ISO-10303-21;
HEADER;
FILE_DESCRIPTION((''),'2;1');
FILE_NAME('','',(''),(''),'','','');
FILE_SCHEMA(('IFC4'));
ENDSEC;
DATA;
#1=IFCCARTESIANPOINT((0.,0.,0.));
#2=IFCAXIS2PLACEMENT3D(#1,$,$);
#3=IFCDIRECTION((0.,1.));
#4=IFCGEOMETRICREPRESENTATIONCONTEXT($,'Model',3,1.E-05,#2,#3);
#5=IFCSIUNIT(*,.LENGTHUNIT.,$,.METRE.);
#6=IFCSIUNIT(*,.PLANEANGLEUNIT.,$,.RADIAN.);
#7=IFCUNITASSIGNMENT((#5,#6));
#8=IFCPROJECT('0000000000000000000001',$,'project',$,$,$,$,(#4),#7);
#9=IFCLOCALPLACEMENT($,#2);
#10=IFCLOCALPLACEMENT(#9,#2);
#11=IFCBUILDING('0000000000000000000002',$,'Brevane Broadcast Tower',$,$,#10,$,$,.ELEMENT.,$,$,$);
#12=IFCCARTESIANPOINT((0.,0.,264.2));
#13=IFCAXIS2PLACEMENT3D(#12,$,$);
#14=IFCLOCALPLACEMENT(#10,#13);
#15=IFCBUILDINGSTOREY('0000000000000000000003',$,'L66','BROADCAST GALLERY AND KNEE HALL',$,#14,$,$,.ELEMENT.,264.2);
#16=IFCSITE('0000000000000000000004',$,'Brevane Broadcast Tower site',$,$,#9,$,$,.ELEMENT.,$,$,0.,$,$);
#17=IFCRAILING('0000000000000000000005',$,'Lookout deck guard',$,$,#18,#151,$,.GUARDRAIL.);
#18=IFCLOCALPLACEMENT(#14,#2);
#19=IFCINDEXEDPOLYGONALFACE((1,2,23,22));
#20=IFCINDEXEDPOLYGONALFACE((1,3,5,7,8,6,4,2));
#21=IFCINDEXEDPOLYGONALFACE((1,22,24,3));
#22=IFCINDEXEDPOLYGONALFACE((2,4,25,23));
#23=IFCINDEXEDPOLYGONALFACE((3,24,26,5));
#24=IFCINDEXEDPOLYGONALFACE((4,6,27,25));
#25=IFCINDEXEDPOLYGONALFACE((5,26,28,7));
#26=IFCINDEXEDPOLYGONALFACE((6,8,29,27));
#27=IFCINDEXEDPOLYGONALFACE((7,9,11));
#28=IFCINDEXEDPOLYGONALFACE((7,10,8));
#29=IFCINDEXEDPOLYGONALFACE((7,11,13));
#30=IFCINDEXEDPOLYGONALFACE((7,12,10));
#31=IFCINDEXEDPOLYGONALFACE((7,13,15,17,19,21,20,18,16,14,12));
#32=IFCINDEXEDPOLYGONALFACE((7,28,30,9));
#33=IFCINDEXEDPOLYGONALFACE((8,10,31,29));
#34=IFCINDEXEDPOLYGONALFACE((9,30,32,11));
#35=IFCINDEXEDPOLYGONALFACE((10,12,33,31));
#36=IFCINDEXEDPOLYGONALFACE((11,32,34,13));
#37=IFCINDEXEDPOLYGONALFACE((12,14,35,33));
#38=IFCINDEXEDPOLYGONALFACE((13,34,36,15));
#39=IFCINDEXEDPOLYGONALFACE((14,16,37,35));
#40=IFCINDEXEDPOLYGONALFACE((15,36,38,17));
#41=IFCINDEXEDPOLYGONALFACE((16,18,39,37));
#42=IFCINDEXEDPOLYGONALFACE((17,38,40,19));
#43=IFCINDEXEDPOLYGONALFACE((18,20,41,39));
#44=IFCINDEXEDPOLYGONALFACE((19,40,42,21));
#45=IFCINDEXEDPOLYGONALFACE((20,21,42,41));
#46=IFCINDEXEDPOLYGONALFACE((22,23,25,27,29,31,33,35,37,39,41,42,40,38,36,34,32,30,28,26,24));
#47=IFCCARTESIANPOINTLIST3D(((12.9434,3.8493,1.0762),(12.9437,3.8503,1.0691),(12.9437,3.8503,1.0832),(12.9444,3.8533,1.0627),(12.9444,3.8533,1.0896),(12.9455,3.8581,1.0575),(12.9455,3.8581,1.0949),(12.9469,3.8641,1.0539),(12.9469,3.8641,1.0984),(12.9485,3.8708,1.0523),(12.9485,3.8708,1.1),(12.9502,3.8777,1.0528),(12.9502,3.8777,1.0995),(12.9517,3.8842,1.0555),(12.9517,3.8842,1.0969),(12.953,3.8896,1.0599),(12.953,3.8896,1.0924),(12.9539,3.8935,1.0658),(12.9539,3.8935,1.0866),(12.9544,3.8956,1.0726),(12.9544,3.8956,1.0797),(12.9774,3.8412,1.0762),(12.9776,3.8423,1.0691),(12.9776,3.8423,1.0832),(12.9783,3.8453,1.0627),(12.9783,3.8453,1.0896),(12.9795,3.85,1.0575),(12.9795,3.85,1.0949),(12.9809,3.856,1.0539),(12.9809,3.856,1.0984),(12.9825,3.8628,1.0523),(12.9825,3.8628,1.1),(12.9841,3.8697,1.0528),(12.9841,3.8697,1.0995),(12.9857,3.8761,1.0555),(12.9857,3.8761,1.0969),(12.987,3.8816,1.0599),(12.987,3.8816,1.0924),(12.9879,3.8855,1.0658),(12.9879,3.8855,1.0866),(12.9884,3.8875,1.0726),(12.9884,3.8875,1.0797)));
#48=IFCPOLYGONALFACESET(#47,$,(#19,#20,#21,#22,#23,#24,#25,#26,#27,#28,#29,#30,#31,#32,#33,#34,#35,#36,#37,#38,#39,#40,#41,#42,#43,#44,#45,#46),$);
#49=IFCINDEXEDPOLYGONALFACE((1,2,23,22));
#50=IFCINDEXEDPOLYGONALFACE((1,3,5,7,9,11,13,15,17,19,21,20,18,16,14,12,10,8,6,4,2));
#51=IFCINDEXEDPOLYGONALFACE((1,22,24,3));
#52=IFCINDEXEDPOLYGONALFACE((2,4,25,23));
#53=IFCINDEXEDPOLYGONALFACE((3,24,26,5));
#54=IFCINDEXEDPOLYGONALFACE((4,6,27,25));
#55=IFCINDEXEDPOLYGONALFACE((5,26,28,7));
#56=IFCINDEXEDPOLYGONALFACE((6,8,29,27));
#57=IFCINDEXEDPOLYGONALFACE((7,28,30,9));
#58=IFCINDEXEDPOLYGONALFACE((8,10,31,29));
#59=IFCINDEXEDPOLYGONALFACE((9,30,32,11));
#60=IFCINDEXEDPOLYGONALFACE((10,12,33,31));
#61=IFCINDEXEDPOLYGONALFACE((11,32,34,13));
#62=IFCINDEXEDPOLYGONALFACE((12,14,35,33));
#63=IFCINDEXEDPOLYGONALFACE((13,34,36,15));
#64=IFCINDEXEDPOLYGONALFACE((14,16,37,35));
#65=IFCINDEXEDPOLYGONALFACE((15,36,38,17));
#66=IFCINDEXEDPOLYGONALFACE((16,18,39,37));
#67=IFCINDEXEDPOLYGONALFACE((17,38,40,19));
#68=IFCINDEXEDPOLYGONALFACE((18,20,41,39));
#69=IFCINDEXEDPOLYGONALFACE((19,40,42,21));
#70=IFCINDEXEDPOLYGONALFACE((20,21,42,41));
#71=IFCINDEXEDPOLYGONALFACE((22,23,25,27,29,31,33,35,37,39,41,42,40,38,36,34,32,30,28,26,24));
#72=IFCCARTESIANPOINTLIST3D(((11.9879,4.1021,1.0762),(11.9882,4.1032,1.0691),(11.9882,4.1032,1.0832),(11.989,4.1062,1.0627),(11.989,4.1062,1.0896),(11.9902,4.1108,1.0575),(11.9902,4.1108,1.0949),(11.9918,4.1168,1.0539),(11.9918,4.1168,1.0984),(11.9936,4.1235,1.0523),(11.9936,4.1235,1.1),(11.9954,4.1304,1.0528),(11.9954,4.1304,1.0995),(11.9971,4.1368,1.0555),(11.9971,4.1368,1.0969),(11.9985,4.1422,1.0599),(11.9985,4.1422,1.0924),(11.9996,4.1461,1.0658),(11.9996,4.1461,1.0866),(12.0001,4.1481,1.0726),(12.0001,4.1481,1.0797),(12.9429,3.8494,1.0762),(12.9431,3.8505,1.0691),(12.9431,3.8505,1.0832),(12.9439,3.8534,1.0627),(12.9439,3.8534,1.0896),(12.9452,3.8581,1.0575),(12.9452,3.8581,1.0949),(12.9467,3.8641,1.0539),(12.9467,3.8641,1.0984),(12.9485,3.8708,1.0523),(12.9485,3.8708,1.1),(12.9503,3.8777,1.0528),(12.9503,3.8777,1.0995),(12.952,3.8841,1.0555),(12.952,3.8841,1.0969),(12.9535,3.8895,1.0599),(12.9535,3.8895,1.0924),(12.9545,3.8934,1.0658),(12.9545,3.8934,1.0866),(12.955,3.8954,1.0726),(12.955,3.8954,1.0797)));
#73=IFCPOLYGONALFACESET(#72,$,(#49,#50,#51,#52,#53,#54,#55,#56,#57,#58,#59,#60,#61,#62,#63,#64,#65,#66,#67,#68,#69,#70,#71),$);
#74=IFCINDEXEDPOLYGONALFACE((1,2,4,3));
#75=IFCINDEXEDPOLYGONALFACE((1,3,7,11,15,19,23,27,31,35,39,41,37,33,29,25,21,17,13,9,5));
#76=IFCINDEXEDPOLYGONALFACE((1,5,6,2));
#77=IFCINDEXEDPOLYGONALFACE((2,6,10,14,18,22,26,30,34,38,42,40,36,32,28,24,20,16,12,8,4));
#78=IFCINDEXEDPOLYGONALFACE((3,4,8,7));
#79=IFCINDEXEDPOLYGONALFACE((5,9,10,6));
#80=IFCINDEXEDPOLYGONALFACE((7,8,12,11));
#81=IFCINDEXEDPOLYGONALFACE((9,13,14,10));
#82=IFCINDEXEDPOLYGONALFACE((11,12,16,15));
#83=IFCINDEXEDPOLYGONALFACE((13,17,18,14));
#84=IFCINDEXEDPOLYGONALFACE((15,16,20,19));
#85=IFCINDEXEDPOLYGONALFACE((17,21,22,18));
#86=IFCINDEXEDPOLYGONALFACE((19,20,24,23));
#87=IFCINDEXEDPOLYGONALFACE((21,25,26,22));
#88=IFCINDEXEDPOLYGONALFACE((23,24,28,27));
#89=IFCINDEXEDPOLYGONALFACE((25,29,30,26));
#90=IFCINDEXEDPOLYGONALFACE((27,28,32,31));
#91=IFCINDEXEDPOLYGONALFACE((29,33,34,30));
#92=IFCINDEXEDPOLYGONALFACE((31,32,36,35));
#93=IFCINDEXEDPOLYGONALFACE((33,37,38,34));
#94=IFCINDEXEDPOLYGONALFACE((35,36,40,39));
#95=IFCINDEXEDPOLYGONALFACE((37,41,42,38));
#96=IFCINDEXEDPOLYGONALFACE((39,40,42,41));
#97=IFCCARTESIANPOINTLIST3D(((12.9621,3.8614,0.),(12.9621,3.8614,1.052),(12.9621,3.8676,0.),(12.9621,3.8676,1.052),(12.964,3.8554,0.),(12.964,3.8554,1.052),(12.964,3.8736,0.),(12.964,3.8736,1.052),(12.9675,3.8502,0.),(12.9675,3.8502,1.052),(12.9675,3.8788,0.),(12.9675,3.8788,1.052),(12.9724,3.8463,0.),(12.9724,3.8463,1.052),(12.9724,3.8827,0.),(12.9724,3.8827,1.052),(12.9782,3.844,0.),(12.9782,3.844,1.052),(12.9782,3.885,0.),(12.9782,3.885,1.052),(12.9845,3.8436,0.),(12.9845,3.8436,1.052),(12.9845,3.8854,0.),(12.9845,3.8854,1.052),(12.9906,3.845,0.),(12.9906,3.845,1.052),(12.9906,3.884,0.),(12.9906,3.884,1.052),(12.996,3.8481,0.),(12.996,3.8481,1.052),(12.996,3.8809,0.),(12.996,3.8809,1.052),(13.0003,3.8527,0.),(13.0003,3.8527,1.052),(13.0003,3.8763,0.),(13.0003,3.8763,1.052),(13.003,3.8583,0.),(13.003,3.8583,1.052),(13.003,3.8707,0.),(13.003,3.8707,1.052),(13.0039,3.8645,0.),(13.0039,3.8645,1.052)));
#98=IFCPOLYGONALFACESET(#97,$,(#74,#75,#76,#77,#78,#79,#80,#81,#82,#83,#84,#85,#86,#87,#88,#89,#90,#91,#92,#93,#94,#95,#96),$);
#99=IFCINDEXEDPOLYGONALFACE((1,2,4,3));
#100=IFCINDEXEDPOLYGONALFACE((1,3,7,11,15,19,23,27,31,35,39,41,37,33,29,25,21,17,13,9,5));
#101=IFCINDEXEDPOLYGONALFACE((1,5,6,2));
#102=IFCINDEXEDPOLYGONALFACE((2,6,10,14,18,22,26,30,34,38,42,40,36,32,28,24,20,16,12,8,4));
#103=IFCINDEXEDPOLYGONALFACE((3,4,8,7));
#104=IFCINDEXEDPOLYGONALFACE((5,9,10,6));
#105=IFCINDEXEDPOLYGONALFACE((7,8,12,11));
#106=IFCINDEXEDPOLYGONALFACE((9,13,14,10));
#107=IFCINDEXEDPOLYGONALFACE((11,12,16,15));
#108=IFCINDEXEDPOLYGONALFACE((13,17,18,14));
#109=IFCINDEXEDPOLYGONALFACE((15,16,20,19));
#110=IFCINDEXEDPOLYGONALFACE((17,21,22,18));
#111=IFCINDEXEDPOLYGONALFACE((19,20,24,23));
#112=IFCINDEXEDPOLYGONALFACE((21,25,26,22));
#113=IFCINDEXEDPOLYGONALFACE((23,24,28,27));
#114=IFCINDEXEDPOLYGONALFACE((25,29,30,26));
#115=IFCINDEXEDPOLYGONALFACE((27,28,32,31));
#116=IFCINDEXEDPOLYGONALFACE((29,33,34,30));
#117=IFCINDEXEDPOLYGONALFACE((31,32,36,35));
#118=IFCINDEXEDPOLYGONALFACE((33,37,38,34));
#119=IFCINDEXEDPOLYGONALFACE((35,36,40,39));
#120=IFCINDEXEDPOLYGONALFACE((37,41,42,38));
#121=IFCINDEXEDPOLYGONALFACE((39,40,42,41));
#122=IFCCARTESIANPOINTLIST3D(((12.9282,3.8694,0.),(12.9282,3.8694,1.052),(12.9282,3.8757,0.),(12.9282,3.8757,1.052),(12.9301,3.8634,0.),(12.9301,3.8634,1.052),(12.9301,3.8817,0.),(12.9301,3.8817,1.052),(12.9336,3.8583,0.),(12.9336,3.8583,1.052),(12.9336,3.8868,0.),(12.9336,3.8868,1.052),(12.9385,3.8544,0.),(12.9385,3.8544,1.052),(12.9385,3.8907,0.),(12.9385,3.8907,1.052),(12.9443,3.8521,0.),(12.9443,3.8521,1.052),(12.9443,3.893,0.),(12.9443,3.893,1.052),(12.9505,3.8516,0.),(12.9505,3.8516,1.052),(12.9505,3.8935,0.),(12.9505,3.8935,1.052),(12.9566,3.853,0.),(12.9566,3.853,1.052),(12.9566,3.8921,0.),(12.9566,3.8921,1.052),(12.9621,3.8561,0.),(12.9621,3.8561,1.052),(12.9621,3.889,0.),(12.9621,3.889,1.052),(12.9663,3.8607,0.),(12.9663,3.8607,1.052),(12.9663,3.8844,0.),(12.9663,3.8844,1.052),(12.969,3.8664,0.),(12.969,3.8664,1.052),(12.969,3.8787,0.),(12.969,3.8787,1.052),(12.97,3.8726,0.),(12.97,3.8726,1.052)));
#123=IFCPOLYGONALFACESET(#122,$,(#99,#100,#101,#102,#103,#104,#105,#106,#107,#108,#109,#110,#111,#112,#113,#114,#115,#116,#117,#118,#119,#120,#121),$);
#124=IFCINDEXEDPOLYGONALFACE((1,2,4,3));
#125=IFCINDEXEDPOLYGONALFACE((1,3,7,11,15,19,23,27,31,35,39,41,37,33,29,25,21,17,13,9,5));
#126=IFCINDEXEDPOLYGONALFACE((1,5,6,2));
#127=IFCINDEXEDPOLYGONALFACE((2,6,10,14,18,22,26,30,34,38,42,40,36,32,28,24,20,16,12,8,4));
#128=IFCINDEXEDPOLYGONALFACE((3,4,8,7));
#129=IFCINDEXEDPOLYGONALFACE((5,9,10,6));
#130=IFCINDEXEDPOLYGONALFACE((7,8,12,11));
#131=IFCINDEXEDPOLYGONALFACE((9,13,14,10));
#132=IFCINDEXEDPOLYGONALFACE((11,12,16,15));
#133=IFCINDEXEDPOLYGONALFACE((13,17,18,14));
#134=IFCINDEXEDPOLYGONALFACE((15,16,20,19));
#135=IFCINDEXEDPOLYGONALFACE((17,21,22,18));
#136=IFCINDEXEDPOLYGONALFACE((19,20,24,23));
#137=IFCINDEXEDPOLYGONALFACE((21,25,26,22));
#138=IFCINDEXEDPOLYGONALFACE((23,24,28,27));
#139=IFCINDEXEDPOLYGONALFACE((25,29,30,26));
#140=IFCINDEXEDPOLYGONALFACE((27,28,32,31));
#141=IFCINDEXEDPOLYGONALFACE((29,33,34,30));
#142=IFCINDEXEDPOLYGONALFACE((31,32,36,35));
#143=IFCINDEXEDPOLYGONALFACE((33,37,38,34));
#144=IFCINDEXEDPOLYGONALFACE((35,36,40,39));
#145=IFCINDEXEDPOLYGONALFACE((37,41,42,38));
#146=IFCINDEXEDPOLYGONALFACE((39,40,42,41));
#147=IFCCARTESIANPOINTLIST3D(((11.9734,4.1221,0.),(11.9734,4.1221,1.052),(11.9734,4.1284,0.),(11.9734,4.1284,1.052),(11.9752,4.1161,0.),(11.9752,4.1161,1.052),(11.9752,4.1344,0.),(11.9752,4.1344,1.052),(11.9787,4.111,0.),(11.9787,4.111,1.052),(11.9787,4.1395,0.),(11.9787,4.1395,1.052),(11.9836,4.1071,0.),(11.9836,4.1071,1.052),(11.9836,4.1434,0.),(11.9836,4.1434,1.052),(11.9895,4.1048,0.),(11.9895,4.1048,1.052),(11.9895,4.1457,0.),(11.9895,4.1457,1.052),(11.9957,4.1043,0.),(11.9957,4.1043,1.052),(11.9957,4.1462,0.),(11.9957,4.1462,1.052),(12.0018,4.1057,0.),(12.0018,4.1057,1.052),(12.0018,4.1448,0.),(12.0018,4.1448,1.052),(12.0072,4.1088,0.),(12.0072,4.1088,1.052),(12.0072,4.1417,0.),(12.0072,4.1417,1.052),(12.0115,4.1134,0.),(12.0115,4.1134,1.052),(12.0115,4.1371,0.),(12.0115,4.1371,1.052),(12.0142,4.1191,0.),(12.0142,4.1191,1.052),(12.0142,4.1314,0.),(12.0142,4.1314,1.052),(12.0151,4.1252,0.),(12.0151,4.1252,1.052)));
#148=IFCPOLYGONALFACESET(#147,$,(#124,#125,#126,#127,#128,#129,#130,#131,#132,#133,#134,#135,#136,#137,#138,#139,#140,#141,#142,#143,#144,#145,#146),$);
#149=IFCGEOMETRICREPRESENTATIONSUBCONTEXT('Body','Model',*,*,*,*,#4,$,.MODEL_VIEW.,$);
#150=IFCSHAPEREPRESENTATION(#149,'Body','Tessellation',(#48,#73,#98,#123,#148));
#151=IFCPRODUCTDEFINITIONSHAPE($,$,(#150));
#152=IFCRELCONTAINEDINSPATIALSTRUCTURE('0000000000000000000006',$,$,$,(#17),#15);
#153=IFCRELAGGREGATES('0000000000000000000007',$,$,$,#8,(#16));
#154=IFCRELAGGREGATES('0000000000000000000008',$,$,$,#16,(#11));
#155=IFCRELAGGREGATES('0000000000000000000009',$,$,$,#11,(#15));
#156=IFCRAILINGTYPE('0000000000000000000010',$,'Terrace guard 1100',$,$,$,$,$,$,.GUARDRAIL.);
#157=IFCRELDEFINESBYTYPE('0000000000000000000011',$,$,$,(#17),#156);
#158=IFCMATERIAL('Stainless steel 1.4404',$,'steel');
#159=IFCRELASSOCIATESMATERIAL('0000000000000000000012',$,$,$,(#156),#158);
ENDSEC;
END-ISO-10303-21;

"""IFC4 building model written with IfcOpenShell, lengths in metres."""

from ifc_helpers import new_model, si_unit, direction, frame, origin, origin_2d, place, context, subcontext, project, spatial, circle, extrude, material, type_object, element, save


model = new_model("IFC4")

# Units and contexts
model_context = context("Model", 3, precision=1e-05, world=origin(), true_north=direction((0.0, 1.0)))
body_context = subcontext(model_context, "Body", "Model", "MODEL_VIEW")
ifc_project = project(units=[si_unit("LENGTHUNIT", "METRE"), si_unit("PLANEANGLEUNIT", "RADIAN")], contexts=[model_context])

# Site, building, storey
site_placement = place(None, origin())
site = spatial("IfcSite", under=ifc_project, at=site_placement, Name="Brevane Broadcast Tower site", CompositionType="ELEMENT", RefElevation=0.0)
building_placement = place(site_placement, origin())
building = spatial("IfcBuilding", under=site, at=building_placement, Name="Brevane Broadcast Tower", CompositionType="ELEMENT")
storey_placement = place(building_placement, frame((0.0, 0.0, 264.2)))
storey = spatial("IfcBuildingStorey", under=building, at=storey_placement, Name="L66", Description="BROADCAST GALLERY AND KNEE HALL", CompositionType="ELEMENT", Elevation=264.2)

# Railing
ifc_material_1 = material(Name="Stainless steel 1.4404", Category="steel")
railing_type_1 = type_object("IfcRailingType", Name="Terrace guard 1100", PredefinedType="GUARDRAIL", material=ifc_material_1)
railing_1_placement = place(storey_placement, frame((12.9829, 3.8645, 0.0)))
element("IfcRailing", 1, at=railing_1_placement, inside=storey, type_object=railing_type_1, Name="Lookout deck guard", PredefinedType="GUARDRAIL", context=body_context, shape_type="SweptSolid", body=[
    extrude(circle(Radius=0.0239, at=origin_2d()), frame((0.0, 0.0, 1.0762), z_axis=(-0.972956, 0.23099, 0.0), x_axis=(-0.23099, -0.972956, 0.0)), (0.0, 0.0, 1.0), 0.0349),
    extrude(circle(Radius=0.0239, at=origin_2d()), frame((-0.0339, 0.0081, 1.0762), z_axis=(-0.966721, 0.255831, 0.0), x_axis=(-0.255831, -0.966721, 0.0)), (0.0, 0.0, 1.0), 0.9878),
    extrude(circle(Radius=0.021, at=origin_2d()), origin(), (0.0, 0.0, 1.0), 1.052),
    extrude(circle(Radius=0.021, at=origin_2d()), frame((-0.0339, 0.0081, 0.0)), (0.0, 0.0, 1.0), 1.052),
    extrude(circle(Radius=0.021, at=origin_2d()), frame((-0.9888, 0.2607, 0.0)), (0.0, 0.0, 1.0), 1.052),
])

save(model, "model.ifc")
